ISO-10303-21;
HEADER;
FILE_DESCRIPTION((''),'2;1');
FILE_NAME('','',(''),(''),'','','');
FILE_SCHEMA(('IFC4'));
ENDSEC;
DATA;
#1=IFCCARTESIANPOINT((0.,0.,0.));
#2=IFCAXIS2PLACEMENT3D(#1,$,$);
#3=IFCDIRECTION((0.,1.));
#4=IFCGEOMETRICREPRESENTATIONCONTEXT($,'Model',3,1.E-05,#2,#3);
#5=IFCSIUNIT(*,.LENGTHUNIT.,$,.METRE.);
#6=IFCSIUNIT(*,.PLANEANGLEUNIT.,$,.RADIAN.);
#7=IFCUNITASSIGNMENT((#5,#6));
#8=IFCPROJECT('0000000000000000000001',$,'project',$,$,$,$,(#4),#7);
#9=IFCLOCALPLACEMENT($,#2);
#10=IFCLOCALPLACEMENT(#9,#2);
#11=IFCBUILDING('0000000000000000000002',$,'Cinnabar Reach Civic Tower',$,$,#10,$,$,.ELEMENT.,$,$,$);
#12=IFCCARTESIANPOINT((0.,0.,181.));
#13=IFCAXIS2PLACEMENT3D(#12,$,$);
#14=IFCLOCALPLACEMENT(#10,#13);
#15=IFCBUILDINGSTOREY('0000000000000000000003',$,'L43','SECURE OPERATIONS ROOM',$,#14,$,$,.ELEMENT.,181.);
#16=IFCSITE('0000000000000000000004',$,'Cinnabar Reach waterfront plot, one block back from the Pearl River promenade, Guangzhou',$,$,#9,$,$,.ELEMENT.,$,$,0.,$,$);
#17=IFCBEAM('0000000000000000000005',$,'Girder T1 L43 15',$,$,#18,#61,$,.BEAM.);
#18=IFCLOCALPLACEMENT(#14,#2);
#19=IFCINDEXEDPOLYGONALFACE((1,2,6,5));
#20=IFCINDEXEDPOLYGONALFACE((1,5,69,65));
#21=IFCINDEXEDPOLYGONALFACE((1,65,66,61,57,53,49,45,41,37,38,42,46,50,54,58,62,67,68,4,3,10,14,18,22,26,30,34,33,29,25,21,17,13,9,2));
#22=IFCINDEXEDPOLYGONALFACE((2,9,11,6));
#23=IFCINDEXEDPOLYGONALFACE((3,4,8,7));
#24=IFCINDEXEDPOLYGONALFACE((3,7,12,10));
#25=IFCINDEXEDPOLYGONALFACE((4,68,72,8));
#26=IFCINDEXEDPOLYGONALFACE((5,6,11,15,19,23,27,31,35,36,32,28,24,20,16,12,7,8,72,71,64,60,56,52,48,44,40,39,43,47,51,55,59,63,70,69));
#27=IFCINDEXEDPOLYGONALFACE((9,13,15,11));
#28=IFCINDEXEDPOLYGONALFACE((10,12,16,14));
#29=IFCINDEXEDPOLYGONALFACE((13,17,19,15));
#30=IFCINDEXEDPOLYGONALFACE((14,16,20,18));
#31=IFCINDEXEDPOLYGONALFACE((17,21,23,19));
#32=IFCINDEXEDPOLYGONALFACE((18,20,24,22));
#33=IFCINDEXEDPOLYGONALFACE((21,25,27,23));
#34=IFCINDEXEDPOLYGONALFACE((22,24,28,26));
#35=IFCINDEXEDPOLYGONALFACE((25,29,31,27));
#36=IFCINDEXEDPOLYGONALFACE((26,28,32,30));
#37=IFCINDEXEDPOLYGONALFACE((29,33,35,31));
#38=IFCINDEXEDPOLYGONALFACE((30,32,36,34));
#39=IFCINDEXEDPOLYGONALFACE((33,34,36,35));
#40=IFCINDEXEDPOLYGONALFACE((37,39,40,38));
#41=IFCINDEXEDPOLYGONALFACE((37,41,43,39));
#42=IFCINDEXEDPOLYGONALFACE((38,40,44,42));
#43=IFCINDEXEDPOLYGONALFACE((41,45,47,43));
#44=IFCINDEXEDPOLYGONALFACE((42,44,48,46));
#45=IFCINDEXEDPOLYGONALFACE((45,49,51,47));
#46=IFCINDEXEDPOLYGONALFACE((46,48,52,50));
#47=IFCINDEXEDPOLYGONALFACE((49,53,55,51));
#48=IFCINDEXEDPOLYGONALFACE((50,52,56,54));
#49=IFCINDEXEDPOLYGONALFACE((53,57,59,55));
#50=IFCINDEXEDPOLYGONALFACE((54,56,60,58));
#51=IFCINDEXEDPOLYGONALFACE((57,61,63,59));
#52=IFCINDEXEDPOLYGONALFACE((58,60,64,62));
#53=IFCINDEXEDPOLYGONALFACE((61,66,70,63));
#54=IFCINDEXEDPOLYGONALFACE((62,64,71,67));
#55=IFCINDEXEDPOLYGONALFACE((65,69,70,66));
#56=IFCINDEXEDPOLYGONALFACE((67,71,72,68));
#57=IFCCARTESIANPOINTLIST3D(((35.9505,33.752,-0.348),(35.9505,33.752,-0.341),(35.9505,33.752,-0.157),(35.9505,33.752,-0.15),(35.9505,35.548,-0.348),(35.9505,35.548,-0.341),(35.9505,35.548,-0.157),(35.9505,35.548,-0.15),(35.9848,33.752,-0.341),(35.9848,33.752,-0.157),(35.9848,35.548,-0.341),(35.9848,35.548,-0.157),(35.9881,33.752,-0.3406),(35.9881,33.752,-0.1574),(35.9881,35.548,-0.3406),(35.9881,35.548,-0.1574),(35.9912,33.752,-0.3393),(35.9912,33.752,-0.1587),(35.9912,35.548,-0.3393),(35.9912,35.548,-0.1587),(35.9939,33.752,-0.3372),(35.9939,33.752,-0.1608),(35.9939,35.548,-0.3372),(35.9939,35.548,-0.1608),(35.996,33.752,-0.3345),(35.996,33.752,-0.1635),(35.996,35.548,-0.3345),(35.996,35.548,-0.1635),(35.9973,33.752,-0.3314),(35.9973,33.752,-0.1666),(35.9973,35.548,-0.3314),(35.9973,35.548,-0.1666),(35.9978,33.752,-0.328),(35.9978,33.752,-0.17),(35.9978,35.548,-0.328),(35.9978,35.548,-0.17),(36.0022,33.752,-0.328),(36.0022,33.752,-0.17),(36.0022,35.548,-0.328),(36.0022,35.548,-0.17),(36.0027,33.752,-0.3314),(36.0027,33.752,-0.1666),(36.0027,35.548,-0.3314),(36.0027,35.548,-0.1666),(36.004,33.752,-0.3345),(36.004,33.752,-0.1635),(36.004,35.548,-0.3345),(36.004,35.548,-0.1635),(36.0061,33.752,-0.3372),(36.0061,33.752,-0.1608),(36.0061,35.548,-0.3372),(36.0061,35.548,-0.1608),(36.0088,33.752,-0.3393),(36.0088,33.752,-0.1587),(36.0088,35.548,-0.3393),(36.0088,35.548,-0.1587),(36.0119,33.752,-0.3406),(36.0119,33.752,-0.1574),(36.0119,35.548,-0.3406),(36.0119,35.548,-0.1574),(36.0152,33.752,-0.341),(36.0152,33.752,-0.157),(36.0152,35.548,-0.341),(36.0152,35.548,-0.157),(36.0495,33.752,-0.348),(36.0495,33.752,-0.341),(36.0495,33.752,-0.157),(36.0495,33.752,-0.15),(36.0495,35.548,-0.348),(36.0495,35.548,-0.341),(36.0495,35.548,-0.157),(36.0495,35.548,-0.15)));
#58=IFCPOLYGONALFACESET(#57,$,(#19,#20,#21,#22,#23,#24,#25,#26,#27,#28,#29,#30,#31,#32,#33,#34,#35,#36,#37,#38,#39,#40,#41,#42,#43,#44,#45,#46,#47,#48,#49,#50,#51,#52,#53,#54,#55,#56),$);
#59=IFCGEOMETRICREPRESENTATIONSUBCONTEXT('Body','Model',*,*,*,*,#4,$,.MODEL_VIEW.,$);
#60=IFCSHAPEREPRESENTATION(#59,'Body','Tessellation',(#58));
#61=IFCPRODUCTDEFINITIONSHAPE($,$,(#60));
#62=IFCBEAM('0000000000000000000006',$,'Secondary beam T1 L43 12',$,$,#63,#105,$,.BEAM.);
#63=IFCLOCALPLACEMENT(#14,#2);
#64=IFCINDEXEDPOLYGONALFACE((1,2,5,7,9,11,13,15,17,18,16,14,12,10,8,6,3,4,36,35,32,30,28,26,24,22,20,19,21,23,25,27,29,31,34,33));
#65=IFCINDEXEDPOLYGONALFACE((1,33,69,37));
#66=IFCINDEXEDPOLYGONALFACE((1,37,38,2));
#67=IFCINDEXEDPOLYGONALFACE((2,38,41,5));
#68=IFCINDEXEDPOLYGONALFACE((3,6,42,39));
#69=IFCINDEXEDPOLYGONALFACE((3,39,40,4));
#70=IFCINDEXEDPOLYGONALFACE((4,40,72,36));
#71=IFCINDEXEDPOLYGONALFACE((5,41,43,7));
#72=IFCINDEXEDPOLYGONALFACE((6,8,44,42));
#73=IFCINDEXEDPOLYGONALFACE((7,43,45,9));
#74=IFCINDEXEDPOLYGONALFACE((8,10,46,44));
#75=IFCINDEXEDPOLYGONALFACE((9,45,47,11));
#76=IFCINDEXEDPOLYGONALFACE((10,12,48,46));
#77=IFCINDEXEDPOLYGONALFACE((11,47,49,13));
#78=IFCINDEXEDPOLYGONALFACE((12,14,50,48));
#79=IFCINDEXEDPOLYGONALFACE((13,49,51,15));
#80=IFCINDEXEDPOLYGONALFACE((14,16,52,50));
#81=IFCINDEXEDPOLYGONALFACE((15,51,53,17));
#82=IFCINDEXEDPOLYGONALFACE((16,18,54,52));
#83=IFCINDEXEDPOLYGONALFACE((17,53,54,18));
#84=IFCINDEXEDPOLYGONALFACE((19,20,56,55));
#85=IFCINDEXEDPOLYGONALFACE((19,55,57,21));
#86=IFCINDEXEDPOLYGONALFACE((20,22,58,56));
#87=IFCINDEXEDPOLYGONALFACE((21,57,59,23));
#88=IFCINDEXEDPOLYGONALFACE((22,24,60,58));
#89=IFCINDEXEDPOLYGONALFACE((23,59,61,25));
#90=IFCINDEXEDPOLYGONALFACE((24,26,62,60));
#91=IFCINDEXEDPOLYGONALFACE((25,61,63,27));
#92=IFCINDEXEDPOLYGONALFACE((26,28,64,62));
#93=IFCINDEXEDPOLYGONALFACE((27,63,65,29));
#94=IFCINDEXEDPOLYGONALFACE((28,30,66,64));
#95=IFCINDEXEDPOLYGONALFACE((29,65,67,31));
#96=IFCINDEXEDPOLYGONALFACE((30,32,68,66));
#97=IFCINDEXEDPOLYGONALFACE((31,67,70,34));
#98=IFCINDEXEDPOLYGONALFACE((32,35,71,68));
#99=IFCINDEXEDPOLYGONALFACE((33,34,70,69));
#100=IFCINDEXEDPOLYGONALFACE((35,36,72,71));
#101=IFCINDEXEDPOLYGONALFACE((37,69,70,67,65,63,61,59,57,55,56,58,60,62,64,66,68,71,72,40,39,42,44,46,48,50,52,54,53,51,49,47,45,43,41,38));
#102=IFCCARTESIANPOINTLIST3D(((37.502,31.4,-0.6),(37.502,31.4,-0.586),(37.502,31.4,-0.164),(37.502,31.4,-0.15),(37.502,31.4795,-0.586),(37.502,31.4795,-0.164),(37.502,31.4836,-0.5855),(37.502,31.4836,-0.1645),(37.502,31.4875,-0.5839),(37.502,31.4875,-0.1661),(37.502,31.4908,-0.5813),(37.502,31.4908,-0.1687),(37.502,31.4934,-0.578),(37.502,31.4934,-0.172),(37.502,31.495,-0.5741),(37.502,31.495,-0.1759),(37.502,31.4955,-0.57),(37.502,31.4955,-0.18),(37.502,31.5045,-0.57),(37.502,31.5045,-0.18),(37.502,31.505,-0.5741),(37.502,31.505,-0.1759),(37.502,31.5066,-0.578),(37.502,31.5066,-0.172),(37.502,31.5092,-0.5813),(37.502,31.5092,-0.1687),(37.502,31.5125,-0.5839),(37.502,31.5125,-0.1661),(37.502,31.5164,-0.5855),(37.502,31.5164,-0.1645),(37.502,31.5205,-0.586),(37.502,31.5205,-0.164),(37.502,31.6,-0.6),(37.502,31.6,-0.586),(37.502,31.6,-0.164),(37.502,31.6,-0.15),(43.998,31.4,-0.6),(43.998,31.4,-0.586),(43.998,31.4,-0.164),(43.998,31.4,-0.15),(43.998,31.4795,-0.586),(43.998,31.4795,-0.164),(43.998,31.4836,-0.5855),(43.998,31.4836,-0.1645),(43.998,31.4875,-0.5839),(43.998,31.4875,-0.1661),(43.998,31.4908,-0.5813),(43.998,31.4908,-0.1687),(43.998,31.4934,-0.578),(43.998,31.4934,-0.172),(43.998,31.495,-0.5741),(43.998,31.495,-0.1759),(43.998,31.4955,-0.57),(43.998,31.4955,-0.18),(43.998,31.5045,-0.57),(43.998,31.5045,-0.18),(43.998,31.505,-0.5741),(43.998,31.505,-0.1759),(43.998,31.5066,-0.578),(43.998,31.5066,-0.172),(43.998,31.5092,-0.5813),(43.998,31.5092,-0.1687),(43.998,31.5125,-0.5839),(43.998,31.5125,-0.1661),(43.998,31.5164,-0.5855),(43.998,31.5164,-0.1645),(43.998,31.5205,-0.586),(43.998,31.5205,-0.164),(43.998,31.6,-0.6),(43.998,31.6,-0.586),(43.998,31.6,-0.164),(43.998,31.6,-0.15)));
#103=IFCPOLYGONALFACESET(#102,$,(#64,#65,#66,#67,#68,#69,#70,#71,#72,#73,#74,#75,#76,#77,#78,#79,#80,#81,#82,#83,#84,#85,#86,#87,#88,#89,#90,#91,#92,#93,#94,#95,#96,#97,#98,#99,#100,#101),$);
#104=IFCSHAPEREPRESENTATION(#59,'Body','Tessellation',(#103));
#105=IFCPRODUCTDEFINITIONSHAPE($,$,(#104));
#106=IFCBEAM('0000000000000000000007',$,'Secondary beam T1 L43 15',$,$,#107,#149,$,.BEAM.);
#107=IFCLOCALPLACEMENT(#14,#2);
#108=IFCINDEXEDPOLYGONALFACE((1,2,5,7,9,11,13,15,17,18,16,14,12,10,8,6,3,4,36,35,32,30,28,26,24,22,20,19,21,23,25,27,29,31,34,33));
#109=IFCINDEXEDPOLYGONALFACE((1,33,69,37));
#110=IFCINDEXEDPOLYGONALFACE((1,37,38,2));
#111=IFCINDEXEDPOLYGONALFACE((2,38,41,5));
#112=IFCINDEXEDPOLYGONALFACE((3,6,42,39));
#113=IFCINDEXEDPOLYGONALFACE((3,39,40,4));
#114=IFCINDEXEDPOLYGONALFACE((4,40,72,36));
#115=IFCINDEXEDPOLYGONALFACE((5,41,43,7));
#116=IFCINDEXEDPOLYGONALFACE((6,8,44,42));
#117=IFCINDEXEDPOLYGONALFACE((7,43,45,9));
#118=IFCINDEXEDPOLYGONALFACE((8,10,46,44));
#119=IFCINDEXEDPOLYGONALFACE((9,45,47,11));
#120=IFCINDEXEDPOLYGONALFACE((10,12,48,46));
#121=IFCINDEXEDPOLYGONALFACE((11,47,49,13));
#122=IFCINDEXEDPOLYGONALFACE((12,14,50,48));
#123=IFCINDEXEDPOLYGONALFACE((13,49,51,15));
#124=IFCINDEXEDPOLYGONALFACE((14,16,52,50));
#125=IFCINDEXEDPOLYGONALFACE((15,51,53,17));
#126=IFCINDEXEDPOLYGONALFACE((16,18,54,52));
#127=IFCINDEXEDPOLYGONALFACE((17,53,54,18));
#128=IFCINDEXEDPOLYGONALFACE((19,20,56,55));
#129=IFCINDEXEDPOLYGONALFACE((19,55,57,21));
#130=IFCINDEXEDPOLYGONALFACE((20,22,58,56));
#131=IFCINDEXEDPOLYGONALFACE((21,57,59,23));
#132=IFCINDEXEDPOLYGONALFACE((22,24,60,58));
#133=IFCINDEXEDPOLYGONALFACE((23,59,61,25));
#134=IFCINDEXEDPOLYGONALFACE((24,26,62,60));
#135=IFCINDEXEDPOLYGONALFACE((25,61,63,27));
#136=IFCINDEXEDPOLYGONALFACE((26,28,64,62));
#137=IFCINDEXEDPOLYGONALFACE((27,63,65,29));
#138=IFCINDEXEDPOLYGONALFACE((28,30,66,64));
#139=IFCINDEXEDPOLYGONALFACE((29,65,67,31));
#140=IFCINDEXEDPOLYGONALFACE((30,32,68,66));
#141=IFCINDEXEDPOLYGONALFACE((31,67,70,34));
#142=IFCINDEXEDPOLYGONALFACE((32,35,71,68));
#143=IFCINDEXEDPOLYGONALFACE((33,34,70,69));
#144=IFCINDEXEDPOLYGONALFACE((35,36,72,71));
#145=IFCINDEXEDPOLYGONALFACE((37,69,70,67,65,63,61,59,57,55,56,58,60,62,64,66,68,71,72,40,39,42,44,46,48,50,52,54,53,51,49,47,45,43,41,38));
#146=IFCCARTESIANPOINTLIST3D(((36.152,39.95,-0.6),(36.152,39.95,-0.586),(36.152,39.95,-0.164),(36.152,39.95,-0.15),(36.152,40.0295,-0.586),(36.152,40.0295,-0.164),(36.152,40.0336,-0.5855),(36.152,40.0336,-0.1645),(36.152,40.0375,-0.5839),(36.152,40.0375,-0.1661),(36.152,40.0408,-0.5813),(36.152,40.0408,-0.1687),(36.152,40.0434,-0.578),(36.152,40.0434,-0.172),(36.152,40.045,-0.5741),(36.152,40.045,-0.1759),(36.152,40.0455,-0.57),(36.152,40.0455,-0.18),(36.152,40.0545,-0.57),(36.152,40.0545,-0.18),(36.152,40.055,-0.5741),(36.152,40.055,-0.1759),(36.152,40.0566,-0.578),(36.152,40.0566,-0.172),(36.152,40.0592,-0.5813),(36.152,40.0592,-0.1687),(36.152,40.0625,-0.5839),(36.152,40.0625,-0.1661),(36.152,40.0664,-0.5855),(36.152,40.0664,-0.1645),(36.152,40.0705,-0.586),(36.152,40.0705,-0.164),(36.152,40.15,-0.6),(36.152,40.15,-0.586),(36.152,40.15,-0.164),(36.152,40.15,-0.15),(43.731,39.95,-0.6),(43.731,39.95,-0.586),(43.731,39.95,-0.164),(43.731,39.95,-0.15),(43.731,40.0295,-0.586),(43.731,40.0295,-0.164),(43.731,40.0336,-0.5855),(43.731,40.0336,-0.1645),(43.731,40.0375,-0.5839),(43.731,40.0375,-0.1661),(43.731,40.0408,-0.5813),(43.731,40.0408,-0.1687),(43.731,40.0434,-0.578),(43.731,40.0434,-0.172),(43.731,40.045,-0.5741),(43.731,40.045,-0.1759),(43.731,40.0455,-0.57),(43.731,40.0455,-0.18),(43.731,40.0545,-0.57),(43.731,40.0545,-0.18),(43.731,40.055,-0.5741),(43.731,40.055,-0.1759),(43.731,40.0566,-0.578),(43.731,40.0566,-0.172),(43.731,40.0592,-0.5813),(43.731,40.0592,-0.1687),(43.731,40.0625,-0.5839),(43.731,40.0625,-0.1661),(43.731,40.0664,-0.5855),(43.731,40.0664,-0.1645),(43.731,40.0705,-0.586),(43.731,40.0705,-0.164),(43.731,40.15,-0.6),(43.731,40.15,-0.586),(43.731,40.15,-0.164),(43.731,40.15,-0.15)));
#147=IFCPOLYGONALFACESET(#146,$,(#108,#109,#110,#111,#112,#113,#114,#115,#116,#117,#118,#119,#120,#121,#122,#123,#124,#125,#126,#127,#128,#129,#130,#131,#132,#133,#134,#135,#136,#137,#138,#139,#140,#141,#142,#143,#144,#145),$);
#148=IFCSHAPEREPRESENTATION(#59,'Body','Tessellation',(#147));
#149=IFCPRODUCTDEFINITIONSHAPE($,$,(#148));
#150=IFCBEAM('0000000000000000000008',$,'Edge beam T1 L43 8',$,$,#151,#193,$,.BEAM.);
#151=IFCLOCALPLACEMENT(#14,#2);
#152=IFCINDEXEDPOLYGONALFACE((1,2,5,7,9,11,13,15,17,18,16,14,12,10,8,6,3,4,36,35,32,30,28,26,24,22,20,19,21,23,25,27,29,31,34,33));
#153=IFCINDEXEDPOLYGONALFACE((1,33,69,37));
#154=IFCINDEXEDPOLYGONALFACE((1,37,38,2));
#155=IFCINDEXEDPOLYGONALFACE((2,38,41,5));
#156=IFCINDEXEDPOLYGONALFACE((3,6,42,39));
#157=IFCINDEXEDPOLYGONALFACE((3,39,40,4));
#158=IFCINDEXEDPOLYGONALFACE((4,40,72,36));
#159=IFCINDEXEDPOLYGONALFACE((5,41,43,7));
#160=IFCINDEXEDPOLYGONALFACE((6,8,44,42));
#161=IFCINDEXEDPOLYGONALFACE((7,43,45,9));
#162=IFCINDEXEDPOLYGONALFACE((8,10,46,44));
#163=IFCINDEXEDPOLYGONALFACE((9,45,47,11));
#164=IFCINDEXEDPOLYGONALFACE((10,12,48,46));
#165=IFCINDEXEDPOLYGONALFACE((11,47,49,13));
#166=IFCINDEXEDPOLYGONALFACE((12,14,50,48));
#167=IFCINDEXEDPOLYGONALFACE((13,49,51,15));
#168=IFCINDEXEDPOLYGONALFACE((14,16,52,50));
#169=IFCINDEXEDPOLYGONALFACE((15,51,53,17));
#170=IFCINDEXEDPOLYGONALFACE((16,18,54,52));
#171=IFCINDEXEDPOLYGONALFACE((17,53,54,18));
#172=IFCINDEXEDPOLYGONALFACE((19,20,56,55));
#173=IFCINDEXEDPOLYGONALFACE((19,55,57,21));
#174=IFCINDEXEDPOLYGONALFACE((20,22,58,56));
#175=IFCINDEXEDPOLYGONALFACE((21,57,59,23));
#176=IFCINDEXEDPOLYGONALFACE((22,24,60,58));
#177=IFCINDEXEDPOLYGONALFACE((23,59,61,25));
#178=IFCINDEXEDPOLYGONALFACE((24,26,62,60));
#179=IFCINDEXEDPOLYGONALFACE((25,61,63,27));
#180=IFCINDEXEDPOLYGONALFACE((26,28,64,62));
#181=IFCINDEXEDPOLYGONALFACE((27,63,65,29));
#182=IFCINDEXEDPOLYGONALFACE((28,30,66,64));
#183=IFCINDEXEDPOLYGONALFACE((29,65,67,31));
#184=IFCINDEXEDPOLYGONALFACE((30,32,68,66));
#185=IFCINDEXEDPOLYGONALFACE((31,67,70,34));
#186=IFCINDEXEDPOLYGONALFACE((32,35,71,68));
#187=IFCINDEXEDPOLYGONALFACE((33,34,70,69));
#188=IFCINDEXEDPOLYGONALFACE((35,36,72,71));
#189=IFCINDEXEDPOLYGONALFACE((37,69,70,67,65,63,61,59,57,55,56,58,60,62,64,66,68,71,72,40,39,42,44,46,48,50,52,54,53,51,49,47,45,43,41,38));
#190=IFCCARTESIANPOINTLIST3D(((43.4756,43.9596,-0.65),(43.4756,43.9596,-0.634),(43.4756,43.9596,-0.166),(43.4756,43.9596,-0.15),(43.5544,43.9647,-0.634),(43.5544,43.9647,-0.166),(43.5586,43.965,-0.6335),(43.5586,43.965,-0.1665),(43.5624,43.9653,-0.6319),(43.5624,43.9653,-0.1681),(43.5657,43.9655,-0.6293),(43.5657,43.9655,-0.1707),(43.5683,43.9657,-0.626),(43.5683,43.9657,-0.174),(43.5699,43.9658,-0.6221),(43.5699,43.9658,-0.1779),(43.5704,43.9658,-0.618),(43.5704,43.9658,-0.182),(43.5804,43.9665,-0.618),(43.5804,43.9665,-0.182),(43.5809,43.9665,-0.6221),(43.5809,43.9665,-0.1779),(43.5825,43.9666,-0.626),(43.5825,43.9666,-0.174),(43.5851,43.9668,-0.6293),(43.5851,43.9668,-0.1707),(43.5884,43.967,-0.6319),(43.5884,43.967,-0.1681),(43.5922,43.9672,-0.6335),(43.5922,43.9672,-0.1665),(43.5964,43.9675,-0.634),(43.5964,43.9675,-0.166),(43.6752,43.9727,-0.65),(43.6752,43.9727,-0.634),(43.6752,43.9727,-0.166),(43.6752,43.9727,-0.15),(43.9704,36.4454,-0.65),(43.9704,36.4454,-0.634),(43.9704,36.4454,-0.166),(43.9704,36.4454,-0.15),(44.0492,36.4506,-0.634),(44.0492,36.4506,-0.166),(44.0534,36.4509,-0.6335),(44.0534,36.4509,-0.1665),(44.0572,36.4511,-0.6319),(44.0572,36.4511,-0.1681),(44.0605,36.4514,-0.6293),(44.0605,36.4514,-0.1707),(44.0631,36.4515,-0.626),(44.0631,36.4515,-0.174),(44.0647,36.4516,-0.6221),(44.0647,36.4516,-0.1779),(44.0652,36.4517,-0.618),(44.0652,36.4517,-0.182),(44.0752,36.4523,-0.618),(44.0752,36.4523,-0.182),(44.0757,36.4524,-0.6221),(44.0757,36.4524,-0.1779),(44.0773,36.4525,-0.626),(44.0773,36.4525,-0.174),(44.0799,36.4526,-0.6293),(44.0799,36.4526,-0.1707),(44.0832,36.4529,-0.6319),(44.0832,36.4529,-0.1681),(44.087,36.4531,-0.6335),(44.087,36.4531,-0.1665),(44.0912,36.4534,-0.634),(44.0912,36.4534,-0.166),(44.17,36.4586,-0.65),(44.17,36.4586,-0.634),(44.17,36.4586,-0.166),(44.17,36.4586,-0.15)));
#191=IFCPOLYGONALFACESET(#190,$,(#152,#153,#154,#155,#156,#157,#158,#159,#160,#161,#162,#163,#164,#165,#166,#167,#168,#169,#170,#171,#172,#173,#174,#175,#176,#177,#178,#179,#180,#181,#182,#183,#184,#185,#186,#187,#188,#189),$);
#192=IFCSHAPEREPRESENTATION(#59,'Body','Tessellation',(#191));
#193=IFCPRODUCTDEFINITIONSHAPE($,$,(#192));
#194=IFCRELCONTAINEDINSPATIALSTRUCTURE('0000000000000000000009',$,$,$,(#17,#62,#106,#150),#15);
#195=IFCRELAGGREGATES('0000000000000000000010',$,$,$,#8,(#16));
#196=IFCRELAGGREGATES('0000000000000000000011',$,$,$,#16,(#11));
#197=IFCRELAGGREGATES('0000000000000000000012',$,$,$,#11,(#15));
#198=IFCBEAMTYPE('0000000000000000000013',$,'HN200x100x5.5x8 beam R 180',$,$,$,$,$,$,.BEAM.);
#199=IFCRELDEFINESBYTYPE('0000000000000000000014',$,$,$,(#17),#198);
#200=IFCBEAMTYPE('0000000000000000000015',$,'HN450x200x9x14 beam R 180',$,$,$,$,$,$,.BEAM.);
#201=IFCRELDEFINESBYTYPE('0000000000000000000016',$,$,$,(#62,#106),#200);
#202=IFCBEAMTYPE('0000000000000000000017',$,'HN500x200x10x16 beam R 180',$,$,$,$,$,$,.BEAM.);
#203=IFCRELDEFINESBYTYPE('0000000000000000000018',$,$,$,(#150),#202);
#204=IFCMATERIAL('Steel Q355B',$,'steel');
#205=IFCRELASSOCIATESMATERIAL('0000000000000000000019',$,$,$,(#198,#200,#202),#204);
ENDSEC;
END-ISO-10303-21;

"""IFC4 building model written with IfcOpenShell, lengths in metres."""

from ifc_helpers import new_model, si_unit, direction, frame, origin, origin_2d, place, context, subcontext, project, spatial, i_section, extrude, material, material_profile, profile_set, type_object, element, save


model = new_model("IFC4")

# Units and contexts
model_context = context("Model", 3, precision=1e-05, world=origin(), true_north=direction((0.0, 1.0)))
body_context = subcontext(model_context, "Body", "Model", "MODEL_VIEW")
ifc_project = project(units=[si_unit("LENGTHUNIT", "METRE"), si_unit("PLANEANGLEUNIT", "RADIAN")], contexts=[model_context])

# Site, building, storey
site_placement = place(None, origin())
site = spatial("IfcSite", under=ifc_project, at=site_placement, Name="Cinnabar Reach waterfront plot, one block back from the Pearl River promenade, Guangzhou", CompositionType="ELEMENT", RefElevation=0.0)
building_placement = place(site_placement, origin())
building = spatial("IfcBuilding", under=site, at=building_placement, Name="Cinnabar Reach Civic Tower", CompositionType="ELEMENT")
storey_placement = place(building_placement, frame((0.0, 0.0, 181.0)))
storey = spatial("IfcBuildingStorey", under=building, at=storey_placement, Name="L43", Description="SECURE OPERATIONS ROOM", CompositionType="ELEMENT", Elevation=181.0)

# Beams
ifc_material_1 = material(Name="Steel Q355B", Category="steel")
ifc_material_profile_1 = material_profile(ifc_material_1, i_section(OverallWidth=0.099, OverallDepth=0.198, WebThickness=0.0045, FlangeThickness=0.007, FilletRadius=0.013, at=origin_2d()), Name="HN200x100x5.5x8")
ifc_profile_set_1 = profile_set([ifc_material_profile_1], Name="Steel Q355B")
beam_type_1 = type_object("IfcBeamType", Name="HN200x100x5.5x8 beam R 180", PredefinedType="BEAM", material=ifc_profile_set_1)
beam_1_placement = place(storey_placement, frame((36.0, 33.752, -0.249), z_axis=(0.0, 1.0, 0.0), x_axis=(-1.0, 0.0, 0.0)))
element("IfcBeam", 1, at=beam_1_placement, inside=storey, type_object=beam_type_1, Name="Girder T1 L43 15", PredefinedType="BEAM", context=body_context, shape_type="SweptSolid", body=[
    extrude(i_section(OverallWidth=0.099, OverallDepth=0.198, WebThickness=0.0045, FlangeThickness=0.007, FilletRadius=0.013, at=origin_2d()), origin(), (0.0, 0.0, 1.0), 1.796),
])
ifc_material_profile_2 = material_profile(ifc_material_1, i_section(OverallWidth=0.2, OverallDepth=0.45, WebThickness=0.009, FlangeThickness=0.014, FilletRadius=0.016, at=origin_2d()), Name="HN450x200x9x14")
ifc_profile_set_2 = profile_set([ifc_material_profile_2], Name="Steel Q355B")
beam_type_2 = type_object("IfcBeamType", Name="HN450x200x9x14 beam R 180", PredefinedType="BEAM", material=ifc_profile_set_2)
beam_2_placement = place(storey_placement, frame((37.502, 31.5, -0.375), z_axis=(1.0, 0.0, 0.0), x_axis=(0.0, 1.0, 0.0)))
element("IfcBeam", 2, at=beam_2_placement, inside=storey, type_object=beam_type_2, Name="Secondary beam T1 L43 12", PredefinedType="BEAM", context=body_context, shape_type="SweptSolid", body=[
    extrude(i_section(OverallWidth=0.2, OverallDepth=0.45, WebThickness=0.009, FlangeThickness=0.014, FilletRadius=0.016, at=origin_2d()), origin(), (0.0, 0.0, 1.0), 6.496),
])
beam_3_placement = place(storey_placement, frame((36.152, 40.05, -0.375), z_axis=(1.0, 0.0, 0.0), x_axis=(0.0, 1.0, 0.0)))
element("IfcBeam", 3, at=beam_3_placement, inside=storey, type_object=beam_type_2, Name="Secondary beam T1 L43 15", PredefinedType="BEAM", context=body_context, shape_type="SweptSolid", body=[
    extrude(i_section(OverallWidth=0.2, OverallDepth=0.45, WebThickness=0.009, FlangeThickness=0.014, FilletRadius=0.016, at=origin_2d()), origin(), (0.0, 0.0, 1.0), 7.579),
])
ifc_material_profile_3 = material_profile(ifc_material_1, i_section(OverallWidth=0.2, OverallDepth=0.5, WebThickness=0.01, FlangeThickness=0.016, FilletRadius=0.016, at=origin_2d()), Name="HN500x200x10x16")
ifc_profile_set_3 = profile_set([ifc_material_profile_3], Name="Steel Q355B")
beam_type_3 = type_object("IfcBeamType", Name="HN500x200x10x16 beam R 180", PredefinedType="BEAM", material=ifc_profile_set_3)
beam_4_placement = place(storey_placement, frame((44.0702, 36.452, -0.4), z_axis=(-0.065707, 0.997839, 0.0), x_axis=(-0.997839, -0.065707, 0.0)))
element("IfcBeam", 4, at=beam_4_placement, inside=storey, type_object=beam_type_3, Name="Edge beam T1 L43 8", PredefinedType="BEAM", context=body_context, shape_type="SweptSolid", body=[
    extrude(i_section(OverallWidth=0.2, OverallDepth=0.5, WebThickness=0.01, FlangeThickness=0.016, FilletRadius=0.016, at=origin_2d()), origin(), (0.0, 0.0, 1.0), 7.5304),
])

save(model, "model.ifc")
